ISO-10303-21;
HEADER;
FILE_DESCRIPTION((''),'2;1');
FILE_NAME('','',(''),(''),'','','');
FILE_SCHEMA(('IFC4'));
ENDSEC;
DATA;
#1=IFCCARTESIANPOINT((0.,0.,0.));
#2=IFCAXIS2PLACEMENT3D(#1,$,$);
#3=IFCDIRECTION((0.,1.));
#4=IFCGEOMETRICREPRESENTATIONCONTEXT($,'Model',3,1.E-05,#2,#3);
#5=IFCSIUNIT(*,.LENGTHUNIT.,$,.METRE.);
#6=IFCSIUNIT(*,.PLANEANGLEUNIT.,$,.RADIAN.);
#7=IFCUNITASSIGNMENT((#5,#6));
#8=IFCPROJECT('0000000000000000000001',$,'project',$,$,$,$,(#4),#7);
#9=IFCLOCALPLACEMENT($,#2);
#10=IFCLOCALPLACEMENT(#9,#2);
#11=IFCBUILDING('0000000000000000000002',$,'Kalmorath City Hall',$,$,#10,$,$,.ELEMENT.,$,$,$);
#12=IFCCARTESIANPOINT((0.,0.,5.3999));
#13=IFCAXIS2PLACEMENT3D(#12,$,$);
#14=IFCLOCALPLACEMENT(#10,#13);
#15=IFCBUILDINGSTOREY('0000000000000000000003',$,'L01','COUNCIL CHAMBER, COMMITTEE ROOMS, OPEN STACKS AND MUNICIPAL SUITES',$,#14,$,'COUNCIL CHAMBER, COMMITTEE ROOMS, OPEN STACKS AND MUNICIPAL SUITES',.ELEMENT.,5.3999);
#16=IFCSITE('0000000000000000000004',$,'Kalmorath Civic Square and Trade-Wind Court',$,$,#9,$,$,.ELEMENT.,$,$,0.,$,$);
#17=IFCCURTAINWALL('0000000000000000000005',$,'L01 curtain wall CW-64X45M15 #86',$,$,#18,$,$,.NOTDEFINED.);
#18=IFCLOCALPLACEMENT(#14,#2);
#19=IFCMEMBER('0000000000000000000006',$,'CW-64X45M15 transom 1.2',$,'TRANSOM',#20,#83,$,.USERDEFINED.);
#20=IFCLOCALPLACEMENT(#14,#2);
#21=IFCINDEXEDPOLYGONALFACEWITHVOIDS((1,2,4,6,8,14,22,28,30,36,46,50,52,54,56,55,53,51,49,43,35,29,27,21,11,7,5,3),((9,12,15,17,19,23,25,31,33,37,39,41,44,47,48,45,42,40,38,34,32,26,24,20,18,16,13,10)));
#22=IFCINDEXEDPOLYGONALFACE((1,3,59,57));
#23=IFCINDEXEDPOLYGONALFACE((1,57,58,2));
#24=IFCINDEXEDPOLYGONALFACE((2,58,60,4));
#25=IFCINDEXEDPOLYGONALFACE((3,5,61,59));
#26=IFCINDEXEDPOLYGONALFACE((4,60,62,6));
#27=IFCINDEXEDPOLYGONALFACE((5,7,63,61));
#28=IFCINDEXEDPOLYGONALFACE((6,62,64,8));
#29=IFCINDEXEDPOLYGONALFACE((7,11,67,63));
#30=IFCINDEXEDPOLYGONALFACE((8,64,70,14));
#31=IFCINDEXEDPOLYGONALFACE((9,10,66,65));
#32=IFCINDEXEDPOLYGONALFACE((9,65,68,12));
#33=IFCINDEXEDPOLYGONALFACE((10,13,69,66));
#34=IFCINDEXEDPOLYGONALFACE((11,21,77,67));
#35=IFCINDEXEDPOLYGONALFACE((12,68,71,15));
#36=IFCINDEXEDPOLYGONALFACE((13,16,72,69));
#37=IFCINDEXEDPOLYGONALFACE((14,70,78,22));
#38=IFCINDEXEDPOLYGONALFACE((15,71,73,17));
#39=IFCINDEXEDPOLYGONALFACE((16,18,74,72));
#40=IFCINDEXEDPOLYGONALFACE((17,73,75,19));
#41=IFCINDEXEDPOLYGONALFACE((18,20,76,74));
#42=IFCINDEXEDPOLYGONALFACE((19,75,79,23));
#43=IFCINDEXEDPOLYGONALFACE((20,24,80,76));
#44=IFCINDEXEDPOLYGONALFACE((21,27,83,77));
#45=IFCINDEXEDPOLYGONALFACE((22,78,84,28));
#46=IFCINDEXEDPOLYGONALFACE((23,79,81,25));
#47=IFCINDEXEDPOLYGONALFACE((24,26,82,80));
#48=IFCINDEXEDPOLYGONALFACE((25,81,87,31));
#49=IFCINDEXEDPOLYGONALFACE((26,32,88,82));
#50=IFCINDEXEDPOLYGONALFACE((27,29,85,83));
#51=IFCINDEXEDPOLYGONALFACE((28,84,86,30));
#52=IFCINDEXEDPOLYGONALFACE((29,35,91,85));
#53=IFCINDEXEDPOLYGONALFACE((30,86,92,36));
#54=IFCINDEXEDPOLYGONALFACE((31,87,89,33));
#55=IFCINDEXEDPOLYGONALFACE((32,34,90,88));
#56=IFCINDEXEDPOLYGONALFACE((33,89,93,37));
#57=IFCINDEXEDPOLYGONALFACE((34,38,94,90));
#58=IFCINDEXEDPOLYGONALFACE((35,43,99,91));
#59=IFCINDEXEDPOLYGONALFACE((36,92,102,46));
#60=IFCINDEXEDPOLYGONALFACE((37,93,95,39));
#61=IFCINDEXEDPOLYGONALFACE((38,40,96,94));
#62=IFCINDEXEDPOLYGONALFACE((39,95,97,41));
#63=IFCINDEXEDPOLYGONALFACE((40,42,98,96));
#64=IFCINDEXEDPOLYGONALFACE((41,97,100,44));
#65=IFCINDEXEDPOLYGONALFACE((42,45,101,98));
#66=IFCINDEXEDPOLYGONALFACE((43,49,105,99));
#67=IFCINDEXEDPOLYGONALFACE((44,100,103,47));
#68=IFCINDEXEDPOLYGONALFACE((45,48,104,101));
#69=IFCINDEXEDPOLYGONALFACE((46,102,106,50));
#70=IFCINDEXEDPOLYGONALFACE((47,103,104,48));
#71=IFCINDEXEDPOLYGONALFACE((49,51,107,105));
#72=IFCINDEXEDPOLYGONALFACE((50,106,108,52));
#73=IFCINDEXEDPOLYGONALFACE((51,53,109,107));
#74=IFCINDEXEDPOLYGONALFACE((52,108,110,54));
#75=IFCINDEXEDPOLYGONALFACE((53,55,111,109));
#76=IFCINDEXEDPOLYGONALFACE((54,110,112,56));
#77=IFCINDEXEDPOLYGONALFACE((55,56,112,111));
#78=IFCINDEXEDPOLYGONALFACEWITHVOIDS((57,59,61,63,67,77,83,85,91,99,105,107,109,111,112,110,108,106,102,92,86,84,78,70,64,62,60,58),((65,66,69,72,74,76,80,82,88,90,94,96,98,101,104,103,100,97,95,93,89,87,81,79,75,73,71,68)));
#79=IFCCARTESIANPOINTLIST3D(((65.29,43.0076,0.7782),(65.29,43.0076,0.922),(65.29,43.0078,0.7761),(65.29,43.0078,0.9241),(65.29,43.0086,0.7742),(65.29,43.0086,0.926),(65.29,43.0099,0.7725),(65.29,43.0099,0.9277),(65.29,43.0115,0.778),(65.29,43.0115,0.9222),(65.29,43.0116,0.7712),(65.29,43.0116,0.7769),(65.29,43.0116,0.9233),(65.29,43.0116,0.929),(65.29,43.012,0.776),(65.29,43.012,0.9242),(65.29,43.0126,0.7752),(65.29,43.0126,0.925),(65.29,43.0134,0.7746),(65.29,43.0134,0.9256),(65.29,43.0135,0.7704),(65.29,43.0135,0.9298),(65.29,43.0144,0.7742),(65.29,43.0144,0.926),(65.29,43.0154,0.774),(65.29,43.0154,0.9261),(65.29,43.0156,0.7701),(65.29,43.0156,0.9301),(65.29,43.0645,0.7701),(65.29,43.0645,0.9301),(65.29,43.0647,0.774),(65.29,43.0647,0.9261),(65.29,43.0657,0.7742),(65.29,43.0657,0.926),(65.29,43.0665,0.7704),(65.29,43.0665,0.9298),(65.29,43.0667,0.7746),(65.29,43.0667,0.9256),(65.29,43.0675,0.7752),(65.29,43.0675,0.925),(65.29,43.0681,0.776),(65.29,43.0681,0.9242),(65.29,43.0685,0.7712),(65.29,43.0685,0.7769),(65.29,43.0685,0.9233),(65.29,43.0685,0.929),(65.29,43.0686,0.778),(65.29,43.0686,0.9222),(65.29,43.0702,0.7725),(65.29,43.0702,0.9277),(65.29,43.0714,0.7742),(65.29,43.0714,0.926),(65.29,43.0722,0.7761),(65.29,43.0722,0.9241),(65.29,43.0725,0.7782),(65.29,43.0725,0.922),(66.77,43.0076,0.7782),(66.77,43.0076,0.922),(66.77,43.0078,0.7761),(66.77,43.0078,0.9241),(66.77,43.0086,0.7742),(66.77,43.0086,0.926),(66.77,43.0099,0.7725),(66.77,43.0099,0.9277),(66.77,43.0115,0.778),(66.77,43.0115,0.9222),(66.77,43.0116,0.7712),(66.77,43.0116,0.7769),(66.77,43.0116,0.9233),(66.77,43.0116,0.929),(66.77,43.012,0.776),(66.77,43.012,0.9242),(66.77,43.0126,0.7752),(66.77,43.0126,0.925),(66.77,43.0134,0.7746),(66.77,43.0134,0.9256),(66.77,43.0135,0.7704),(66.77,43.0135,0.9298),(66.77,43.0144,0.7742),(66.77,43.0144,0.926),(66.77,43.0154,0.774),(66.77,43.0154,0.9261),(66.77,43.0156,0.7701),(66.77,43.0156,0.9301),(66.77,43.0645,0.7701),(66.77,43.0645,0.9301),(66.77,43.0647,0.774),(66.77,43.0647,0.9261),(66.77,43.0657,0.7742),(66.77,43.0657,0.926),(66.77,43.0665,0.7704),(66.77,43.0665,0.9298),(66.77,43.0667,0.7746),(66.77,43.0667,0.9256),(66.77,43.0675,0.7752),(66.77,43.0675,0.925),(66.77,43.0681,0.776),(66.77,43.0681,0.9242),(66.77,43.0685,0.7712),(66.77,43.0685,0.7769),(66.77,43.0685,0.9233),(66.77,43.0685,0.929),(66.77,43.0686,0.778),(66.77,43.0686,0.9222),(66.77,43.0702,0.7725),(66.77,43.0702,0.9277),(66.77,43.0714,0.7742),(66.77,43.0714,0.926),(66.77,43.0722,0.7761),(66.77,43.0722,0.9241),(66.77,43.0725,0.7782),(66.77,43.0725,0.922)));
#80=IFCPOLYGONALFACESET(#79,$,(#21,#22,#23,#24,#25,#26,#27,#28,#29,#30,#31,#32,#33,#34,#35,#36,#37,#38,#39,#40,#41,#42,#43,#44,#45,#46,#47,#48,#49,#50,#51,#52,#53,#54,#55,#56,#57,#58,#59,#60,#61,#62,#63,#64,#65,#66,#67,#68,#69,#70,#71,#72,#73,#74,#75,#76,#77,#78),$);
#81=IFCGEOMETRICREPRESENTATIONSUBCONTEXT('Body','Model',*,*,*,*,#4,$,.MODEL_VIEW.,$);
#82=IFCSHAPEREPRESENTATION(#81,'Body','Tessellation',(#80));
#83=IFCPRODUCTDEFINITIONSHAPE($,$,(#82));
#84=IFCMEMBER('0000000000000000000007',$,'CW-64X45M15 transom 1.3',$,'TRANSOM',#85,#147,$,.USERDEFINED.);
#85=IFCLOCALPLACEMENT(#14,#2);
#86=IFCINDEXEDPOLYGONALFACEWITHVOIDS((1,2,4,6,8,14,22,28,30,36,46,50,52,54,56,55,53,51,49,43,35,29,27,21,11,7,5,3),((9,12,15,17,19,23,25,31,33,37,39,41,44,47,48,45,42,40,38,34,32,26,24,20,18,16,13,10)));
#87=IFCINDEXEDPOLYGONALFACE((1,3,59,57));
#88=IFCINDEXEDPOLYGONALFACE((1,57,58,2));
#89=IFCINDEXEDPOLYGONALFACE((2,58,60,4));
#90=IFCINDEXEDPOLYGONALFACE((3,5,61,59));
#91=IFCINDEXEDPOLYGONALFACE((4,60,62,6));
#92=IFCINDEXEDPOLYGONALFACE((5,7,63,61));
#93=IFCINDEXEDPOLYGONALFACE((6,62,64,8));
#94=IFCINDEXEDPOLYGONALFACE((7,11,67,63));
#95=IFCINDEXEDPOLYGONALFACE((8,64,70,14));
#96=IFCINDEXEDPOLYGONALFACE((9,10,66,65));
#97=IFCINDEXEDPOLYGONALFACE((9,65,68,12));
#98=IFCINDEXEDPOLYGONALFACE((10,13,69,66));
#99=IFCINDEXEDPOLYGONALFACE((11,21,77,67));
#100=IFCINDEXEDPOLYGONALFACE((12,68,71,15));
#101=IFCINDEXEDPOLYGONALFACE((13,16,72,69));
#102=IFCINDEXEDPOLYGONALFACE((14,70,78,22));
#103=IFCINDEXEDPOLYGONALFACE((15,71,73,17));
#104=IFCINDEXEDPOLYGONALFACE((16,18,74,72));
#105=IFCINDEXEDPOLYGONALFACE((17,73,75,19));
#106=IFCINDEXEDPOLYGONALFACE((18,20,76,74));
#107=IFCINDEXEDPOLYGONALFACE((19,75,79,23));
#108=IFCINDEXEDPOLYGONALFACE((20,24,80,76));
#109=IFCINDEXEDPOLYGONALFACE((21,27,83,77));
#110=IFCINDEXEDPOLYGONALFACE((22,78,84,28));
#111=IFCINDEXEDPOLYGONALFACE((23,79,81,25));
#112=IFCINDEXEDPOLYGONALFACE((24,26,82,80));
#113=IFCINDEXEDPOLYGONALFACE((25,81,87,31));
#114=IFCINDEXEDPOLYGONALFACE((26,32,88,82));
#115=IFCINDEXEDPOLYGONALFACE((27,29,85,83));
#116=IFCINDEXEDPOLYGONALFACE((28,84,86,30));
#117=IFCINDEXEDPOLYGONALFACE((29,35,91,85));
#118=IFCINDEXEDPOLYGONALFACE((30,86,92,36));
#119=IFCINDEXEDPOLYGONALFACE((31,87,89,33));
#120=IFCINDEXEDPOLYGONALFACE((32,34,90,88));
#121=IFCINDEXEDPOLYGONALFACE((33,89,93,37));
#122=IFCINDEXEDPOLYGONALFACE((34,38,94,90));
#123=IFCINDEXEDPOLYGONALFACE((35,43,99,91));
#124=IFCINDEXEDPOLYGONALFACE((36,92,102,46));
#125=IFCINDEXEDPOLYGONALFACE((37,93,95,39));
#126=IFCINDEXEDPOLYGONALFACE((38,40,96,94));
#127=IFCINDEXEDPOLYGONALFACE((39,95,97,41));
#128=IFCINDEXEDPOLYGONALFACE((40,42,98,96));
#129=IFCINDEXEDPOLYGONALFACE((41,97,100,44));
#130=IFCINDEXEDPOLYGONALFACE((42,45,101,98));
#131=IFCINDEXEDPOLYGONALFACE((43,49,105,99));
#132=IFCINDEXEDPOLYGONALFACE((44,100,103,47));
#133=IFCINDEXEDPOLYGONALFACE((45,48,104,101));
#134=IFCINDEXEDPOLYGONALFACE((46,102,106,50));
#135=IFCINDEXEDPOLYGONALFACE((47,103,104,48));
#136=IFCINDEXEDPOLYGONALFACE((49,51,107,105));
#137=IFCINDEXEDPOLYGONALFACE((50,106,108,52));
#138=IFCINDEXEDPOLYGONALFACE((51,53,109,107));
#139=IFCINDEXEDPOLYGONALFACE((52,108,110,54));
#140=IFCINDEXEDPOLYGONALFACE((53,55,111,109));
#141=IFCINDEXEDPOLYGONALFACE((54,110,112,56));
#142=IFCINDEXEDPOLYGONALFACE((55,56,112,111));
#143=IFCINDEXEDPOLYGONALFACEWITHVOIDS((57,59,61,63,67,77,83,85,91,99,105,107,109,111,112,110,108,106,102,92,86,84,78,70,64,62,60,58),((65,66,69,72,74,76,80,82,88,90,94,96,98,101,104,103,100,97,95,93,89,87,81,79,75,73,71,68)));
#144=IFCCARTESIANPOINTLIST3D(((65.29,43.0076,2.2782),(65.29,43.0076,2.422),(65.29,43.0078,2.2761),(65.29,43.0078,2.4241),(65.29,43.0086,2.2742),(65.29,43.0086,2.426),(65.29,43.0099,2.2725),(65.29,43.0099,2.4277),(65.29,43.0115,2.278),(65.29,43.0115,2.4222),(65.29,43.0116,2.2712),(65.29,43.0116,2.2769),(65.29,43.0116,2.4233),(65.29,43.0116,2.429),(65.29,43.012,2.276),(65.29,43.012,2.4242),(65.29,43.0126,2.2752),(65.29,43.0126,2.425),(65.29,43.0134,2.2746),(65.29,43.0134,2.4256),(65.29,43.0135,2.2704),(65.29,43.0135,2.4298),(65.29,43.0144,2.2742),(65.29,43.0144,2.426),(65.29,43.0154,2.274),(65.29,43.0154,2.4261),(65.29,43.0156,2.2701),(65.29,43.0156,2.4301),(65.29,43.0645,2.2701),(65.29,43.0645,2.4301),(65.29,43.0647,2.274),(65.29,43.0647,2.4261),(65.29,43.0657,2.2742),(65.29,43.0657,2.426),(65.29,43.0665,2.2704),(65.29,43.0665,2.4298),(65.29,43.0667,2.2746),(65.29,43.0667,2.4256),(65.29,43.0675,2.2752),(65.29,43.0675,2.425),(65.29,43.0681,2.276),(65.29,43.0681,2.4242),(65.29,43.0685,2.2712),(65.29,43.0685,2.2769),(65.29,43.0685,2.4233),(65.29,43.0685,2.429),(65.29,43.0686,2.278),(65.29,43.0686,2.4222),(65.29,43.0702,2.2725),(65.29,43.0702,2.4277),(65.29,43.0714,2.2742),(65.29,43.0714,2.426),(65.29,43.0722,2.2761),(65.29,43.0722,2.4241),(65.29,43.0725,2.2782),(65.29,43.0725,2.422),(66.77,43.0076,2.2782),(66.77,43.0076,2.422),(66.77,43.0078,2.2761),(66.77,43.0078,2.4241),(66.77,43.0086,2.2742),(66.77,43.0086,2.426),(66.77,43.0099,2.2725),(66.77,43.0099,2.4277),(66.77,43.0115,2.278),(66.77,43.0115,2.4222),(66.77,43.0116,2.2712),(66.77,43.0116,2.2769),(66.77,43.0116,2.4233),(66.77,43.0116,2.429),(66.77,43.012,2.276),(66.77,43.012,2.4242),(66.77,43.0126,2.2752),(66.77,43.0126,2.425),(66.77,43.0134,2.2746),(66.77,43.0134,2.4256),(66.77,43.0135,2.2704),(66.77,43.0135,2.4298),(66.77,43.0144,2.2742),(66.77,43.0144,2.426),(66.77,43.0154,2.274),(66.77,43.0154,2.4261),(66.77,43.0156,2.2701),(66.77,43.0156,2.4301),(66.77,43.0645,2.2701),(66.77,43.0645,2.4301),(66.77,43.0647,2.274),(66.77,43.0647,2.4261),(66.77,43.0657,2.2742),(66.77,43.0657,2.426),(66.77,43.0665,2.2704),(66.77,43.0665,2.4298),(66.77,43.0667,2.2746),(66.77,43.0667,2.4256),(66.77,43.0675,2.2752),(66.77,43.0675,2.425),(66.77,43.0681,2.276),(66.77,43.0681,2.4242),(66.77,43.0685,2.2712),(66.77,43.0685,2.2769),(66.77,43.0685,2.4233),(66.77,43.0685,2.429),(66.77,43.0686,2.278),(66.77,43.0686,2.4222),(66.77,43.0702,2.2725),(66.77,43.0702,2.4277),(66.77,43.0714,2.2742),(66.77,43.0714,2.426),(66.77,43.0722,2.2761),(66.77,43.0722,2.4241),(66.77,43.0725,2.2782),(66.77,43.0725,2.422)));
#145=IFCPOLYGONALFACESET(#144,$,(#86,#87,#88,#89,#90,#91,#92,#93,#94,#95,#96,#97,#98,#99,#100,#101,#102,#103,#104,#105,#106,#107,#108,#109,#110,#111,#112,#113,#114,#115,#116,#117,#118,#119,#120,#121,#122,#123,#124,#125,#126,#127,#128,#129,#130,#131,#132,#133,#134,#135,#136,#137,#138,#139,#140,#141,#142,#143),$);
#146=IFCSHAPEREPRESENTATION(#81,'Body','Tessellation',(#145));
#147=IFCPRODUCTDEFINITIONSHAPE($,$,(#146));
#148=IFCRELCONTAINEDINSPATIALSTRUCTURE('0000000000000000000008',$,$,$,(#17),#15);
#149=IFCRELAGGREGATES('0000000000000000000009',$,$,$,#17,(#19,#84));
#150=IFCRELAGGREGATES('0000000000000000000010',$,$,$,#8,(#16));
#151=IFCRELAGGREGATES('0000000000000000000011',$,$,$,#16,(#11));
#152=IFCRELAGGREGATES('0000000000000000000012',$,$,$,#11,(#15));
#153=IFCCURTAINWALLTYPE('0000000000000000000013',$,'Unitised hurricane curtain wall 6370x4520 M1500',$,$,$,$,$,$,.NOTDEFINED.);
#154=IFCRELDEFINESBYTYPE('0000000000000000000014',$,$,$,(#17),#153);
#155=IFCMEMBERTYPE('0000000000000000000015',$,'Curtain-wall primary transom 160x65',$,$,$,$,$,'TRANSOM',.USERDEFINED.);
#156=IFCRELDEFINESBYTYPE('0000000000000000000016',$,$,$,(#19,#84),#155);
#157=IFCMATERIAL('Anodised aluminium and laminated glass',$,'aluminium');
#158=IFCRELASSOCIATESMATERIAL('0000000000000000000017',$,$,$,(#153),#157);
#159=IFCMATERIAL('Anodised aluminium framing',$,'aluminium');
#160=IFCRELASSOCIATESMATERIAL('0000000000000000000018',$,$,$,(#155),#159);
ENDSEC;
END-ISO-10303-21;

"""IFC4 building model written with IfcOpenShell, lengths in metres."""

from ifc_helpers import new_model, si_unit, direction, frame, origin, origin_2d, place, context, subcontext, project, spatial, hollow_rectangle, extrude, material, material_profile, profile_set, type_object, element, aggregate, save


model = new_model("IFC4")

# Units and contexts
model_context = context("Model", 3, precision=1e-05, world=origin(), true_north=direction((0.0, 1.0)))
body_context = subcontext(model_context, "Body", "Model", "MODEL_VIEW")
ifc_project = project(units=[si_unit("LENGTHUNIT", "METRE"), si_unit("PLANEANGLEUNIT", "RADIAN")], contexts=[model_context])

# Site, building, storey
site_placement = place(None, origin())
site = spatial("IfcSite", under=ifc_project, at=site_placement, Name="Kalmorath Civic Square and Trade-Wind Court", CompositionType="ELEMENT", RefElevation=0.0)
building_placement = place(site_placement, origin())
building = spatial("IfcBuilding", under=site, at=building_placement, Name="Kalmorath City Hall", CompositionType="ELEMENT")
storey_placement = place(building_placement, frame((0.0, 0.0, 5.3999)))
storey = spatial("IfcBuildingStorey", under=building, at=storey_placement, Name="L01", Description="COUNCIL CHAMBER, COMMITTEE ROOMS, OPEN STACKS AND MUNICIPAL SUITES", LongName="COUNCIL CHAMBER, COMMITTEE ROOMS, OPEN STACKS AND MUNICIPAL SUITES", CompositionType="ELEMENT", Elevation=5.3999)

# Curtain wall
ifc_material_1 = material(Name="Anodised aluminium and laminated glass", Category="aluminium")
curtain_wall_type_1 = type_object("IfcCurtainWallType", Name="Unitised hurricane curtain wall 6370x4520 M1500", PredefinedType="NOTDEFINED", material=ifc_material_1)
curtain_wall_1_placement = place(storey_placement, origin())
curtain_wall_1 = element("IfcCurtainWall", 1, at=curtain_wall_1_placement, inside=storey, type_object=curtain_wall_type_1, Name="L01 curtain wall CW-64X45M15 #86", PredefinedType="NOTDEFINED")

# Members
ifc_material_2 = material(Name="Anodised aluminium framing", Category="aluminium")
ifc_material_profile_1 = material_profile(ifc_material_2, hollow_rectangle(XDim=0.0649, YDim=0.1599, WallThickness=0.0039, InnerFilletRadius=0.0039, OuterFilletRadius=0.0081, at=origin_2d()), Name="ALU-TRN-160X65X4")
ifc_profile_set_1 = profile_set([ifc_material_profile_1], Name="Anodised aluminium framing")
member_type_1 = type_object("IfcMemberType", Name="Curtain-wall primary transom 160x65", ElementType="TRANSOM", PredefinedType="USERDEFINED", material=ifc_profile_set_1)
member_1_placement = place(storey_placement, frame((65.29, 43.04, 0.8501), z_axis=(1.0, 0.0, 0.0), x_axis=(0.0, 1.0, 0.0)))
member_1 = element("IfcMember", 2, at=member_1_placement, type_object=member_type_1, Name="CW-64X45M15 transom 1.2", ObjectType="TRANSOM", PredefinedType="USERDEFINED", context=body_context, shape_type="SweptSolid", body=[
    extrude(hollow_rectangle(XDim=0.0649, YDim=0.1599, WallThickness=0.0039, InnerFilletRadius=0.0039, OuterFilletRadius=0.0081, at=origin_2d()), origin(), (0.0, 0.0, 1.0), 1.48),
])
member_2_placement = place(storey_placement, frame((65.29, 43.04, 2.3501), z_axis=(1.0, 0.0, 0.0), x_axis=(0.0, 1.0, 0.0)))
member_2 = element("IfcMember", 3, at=member_2_placement, type_object=member_type_1, Name="CW-64X45M15 transom 1.3", ObjectType="TRANSOM", PredefinedType="USERDEFINED", context=body_context, shape_type="SweptSolid", body=[
    extrude(hollow_rectangle(XDim=0.0649, YDim=0.1599, WallThickness=0.0039, InnerFilletRadius=0.0039, OuterFilletRadius=0.0081, at=origin_2d()), origin(), (0.0, 0.0, 1.0), 1.48),
])

aggregate(curtain_wall_1, [member_1, member_2])

save(model, "model.ifc")
